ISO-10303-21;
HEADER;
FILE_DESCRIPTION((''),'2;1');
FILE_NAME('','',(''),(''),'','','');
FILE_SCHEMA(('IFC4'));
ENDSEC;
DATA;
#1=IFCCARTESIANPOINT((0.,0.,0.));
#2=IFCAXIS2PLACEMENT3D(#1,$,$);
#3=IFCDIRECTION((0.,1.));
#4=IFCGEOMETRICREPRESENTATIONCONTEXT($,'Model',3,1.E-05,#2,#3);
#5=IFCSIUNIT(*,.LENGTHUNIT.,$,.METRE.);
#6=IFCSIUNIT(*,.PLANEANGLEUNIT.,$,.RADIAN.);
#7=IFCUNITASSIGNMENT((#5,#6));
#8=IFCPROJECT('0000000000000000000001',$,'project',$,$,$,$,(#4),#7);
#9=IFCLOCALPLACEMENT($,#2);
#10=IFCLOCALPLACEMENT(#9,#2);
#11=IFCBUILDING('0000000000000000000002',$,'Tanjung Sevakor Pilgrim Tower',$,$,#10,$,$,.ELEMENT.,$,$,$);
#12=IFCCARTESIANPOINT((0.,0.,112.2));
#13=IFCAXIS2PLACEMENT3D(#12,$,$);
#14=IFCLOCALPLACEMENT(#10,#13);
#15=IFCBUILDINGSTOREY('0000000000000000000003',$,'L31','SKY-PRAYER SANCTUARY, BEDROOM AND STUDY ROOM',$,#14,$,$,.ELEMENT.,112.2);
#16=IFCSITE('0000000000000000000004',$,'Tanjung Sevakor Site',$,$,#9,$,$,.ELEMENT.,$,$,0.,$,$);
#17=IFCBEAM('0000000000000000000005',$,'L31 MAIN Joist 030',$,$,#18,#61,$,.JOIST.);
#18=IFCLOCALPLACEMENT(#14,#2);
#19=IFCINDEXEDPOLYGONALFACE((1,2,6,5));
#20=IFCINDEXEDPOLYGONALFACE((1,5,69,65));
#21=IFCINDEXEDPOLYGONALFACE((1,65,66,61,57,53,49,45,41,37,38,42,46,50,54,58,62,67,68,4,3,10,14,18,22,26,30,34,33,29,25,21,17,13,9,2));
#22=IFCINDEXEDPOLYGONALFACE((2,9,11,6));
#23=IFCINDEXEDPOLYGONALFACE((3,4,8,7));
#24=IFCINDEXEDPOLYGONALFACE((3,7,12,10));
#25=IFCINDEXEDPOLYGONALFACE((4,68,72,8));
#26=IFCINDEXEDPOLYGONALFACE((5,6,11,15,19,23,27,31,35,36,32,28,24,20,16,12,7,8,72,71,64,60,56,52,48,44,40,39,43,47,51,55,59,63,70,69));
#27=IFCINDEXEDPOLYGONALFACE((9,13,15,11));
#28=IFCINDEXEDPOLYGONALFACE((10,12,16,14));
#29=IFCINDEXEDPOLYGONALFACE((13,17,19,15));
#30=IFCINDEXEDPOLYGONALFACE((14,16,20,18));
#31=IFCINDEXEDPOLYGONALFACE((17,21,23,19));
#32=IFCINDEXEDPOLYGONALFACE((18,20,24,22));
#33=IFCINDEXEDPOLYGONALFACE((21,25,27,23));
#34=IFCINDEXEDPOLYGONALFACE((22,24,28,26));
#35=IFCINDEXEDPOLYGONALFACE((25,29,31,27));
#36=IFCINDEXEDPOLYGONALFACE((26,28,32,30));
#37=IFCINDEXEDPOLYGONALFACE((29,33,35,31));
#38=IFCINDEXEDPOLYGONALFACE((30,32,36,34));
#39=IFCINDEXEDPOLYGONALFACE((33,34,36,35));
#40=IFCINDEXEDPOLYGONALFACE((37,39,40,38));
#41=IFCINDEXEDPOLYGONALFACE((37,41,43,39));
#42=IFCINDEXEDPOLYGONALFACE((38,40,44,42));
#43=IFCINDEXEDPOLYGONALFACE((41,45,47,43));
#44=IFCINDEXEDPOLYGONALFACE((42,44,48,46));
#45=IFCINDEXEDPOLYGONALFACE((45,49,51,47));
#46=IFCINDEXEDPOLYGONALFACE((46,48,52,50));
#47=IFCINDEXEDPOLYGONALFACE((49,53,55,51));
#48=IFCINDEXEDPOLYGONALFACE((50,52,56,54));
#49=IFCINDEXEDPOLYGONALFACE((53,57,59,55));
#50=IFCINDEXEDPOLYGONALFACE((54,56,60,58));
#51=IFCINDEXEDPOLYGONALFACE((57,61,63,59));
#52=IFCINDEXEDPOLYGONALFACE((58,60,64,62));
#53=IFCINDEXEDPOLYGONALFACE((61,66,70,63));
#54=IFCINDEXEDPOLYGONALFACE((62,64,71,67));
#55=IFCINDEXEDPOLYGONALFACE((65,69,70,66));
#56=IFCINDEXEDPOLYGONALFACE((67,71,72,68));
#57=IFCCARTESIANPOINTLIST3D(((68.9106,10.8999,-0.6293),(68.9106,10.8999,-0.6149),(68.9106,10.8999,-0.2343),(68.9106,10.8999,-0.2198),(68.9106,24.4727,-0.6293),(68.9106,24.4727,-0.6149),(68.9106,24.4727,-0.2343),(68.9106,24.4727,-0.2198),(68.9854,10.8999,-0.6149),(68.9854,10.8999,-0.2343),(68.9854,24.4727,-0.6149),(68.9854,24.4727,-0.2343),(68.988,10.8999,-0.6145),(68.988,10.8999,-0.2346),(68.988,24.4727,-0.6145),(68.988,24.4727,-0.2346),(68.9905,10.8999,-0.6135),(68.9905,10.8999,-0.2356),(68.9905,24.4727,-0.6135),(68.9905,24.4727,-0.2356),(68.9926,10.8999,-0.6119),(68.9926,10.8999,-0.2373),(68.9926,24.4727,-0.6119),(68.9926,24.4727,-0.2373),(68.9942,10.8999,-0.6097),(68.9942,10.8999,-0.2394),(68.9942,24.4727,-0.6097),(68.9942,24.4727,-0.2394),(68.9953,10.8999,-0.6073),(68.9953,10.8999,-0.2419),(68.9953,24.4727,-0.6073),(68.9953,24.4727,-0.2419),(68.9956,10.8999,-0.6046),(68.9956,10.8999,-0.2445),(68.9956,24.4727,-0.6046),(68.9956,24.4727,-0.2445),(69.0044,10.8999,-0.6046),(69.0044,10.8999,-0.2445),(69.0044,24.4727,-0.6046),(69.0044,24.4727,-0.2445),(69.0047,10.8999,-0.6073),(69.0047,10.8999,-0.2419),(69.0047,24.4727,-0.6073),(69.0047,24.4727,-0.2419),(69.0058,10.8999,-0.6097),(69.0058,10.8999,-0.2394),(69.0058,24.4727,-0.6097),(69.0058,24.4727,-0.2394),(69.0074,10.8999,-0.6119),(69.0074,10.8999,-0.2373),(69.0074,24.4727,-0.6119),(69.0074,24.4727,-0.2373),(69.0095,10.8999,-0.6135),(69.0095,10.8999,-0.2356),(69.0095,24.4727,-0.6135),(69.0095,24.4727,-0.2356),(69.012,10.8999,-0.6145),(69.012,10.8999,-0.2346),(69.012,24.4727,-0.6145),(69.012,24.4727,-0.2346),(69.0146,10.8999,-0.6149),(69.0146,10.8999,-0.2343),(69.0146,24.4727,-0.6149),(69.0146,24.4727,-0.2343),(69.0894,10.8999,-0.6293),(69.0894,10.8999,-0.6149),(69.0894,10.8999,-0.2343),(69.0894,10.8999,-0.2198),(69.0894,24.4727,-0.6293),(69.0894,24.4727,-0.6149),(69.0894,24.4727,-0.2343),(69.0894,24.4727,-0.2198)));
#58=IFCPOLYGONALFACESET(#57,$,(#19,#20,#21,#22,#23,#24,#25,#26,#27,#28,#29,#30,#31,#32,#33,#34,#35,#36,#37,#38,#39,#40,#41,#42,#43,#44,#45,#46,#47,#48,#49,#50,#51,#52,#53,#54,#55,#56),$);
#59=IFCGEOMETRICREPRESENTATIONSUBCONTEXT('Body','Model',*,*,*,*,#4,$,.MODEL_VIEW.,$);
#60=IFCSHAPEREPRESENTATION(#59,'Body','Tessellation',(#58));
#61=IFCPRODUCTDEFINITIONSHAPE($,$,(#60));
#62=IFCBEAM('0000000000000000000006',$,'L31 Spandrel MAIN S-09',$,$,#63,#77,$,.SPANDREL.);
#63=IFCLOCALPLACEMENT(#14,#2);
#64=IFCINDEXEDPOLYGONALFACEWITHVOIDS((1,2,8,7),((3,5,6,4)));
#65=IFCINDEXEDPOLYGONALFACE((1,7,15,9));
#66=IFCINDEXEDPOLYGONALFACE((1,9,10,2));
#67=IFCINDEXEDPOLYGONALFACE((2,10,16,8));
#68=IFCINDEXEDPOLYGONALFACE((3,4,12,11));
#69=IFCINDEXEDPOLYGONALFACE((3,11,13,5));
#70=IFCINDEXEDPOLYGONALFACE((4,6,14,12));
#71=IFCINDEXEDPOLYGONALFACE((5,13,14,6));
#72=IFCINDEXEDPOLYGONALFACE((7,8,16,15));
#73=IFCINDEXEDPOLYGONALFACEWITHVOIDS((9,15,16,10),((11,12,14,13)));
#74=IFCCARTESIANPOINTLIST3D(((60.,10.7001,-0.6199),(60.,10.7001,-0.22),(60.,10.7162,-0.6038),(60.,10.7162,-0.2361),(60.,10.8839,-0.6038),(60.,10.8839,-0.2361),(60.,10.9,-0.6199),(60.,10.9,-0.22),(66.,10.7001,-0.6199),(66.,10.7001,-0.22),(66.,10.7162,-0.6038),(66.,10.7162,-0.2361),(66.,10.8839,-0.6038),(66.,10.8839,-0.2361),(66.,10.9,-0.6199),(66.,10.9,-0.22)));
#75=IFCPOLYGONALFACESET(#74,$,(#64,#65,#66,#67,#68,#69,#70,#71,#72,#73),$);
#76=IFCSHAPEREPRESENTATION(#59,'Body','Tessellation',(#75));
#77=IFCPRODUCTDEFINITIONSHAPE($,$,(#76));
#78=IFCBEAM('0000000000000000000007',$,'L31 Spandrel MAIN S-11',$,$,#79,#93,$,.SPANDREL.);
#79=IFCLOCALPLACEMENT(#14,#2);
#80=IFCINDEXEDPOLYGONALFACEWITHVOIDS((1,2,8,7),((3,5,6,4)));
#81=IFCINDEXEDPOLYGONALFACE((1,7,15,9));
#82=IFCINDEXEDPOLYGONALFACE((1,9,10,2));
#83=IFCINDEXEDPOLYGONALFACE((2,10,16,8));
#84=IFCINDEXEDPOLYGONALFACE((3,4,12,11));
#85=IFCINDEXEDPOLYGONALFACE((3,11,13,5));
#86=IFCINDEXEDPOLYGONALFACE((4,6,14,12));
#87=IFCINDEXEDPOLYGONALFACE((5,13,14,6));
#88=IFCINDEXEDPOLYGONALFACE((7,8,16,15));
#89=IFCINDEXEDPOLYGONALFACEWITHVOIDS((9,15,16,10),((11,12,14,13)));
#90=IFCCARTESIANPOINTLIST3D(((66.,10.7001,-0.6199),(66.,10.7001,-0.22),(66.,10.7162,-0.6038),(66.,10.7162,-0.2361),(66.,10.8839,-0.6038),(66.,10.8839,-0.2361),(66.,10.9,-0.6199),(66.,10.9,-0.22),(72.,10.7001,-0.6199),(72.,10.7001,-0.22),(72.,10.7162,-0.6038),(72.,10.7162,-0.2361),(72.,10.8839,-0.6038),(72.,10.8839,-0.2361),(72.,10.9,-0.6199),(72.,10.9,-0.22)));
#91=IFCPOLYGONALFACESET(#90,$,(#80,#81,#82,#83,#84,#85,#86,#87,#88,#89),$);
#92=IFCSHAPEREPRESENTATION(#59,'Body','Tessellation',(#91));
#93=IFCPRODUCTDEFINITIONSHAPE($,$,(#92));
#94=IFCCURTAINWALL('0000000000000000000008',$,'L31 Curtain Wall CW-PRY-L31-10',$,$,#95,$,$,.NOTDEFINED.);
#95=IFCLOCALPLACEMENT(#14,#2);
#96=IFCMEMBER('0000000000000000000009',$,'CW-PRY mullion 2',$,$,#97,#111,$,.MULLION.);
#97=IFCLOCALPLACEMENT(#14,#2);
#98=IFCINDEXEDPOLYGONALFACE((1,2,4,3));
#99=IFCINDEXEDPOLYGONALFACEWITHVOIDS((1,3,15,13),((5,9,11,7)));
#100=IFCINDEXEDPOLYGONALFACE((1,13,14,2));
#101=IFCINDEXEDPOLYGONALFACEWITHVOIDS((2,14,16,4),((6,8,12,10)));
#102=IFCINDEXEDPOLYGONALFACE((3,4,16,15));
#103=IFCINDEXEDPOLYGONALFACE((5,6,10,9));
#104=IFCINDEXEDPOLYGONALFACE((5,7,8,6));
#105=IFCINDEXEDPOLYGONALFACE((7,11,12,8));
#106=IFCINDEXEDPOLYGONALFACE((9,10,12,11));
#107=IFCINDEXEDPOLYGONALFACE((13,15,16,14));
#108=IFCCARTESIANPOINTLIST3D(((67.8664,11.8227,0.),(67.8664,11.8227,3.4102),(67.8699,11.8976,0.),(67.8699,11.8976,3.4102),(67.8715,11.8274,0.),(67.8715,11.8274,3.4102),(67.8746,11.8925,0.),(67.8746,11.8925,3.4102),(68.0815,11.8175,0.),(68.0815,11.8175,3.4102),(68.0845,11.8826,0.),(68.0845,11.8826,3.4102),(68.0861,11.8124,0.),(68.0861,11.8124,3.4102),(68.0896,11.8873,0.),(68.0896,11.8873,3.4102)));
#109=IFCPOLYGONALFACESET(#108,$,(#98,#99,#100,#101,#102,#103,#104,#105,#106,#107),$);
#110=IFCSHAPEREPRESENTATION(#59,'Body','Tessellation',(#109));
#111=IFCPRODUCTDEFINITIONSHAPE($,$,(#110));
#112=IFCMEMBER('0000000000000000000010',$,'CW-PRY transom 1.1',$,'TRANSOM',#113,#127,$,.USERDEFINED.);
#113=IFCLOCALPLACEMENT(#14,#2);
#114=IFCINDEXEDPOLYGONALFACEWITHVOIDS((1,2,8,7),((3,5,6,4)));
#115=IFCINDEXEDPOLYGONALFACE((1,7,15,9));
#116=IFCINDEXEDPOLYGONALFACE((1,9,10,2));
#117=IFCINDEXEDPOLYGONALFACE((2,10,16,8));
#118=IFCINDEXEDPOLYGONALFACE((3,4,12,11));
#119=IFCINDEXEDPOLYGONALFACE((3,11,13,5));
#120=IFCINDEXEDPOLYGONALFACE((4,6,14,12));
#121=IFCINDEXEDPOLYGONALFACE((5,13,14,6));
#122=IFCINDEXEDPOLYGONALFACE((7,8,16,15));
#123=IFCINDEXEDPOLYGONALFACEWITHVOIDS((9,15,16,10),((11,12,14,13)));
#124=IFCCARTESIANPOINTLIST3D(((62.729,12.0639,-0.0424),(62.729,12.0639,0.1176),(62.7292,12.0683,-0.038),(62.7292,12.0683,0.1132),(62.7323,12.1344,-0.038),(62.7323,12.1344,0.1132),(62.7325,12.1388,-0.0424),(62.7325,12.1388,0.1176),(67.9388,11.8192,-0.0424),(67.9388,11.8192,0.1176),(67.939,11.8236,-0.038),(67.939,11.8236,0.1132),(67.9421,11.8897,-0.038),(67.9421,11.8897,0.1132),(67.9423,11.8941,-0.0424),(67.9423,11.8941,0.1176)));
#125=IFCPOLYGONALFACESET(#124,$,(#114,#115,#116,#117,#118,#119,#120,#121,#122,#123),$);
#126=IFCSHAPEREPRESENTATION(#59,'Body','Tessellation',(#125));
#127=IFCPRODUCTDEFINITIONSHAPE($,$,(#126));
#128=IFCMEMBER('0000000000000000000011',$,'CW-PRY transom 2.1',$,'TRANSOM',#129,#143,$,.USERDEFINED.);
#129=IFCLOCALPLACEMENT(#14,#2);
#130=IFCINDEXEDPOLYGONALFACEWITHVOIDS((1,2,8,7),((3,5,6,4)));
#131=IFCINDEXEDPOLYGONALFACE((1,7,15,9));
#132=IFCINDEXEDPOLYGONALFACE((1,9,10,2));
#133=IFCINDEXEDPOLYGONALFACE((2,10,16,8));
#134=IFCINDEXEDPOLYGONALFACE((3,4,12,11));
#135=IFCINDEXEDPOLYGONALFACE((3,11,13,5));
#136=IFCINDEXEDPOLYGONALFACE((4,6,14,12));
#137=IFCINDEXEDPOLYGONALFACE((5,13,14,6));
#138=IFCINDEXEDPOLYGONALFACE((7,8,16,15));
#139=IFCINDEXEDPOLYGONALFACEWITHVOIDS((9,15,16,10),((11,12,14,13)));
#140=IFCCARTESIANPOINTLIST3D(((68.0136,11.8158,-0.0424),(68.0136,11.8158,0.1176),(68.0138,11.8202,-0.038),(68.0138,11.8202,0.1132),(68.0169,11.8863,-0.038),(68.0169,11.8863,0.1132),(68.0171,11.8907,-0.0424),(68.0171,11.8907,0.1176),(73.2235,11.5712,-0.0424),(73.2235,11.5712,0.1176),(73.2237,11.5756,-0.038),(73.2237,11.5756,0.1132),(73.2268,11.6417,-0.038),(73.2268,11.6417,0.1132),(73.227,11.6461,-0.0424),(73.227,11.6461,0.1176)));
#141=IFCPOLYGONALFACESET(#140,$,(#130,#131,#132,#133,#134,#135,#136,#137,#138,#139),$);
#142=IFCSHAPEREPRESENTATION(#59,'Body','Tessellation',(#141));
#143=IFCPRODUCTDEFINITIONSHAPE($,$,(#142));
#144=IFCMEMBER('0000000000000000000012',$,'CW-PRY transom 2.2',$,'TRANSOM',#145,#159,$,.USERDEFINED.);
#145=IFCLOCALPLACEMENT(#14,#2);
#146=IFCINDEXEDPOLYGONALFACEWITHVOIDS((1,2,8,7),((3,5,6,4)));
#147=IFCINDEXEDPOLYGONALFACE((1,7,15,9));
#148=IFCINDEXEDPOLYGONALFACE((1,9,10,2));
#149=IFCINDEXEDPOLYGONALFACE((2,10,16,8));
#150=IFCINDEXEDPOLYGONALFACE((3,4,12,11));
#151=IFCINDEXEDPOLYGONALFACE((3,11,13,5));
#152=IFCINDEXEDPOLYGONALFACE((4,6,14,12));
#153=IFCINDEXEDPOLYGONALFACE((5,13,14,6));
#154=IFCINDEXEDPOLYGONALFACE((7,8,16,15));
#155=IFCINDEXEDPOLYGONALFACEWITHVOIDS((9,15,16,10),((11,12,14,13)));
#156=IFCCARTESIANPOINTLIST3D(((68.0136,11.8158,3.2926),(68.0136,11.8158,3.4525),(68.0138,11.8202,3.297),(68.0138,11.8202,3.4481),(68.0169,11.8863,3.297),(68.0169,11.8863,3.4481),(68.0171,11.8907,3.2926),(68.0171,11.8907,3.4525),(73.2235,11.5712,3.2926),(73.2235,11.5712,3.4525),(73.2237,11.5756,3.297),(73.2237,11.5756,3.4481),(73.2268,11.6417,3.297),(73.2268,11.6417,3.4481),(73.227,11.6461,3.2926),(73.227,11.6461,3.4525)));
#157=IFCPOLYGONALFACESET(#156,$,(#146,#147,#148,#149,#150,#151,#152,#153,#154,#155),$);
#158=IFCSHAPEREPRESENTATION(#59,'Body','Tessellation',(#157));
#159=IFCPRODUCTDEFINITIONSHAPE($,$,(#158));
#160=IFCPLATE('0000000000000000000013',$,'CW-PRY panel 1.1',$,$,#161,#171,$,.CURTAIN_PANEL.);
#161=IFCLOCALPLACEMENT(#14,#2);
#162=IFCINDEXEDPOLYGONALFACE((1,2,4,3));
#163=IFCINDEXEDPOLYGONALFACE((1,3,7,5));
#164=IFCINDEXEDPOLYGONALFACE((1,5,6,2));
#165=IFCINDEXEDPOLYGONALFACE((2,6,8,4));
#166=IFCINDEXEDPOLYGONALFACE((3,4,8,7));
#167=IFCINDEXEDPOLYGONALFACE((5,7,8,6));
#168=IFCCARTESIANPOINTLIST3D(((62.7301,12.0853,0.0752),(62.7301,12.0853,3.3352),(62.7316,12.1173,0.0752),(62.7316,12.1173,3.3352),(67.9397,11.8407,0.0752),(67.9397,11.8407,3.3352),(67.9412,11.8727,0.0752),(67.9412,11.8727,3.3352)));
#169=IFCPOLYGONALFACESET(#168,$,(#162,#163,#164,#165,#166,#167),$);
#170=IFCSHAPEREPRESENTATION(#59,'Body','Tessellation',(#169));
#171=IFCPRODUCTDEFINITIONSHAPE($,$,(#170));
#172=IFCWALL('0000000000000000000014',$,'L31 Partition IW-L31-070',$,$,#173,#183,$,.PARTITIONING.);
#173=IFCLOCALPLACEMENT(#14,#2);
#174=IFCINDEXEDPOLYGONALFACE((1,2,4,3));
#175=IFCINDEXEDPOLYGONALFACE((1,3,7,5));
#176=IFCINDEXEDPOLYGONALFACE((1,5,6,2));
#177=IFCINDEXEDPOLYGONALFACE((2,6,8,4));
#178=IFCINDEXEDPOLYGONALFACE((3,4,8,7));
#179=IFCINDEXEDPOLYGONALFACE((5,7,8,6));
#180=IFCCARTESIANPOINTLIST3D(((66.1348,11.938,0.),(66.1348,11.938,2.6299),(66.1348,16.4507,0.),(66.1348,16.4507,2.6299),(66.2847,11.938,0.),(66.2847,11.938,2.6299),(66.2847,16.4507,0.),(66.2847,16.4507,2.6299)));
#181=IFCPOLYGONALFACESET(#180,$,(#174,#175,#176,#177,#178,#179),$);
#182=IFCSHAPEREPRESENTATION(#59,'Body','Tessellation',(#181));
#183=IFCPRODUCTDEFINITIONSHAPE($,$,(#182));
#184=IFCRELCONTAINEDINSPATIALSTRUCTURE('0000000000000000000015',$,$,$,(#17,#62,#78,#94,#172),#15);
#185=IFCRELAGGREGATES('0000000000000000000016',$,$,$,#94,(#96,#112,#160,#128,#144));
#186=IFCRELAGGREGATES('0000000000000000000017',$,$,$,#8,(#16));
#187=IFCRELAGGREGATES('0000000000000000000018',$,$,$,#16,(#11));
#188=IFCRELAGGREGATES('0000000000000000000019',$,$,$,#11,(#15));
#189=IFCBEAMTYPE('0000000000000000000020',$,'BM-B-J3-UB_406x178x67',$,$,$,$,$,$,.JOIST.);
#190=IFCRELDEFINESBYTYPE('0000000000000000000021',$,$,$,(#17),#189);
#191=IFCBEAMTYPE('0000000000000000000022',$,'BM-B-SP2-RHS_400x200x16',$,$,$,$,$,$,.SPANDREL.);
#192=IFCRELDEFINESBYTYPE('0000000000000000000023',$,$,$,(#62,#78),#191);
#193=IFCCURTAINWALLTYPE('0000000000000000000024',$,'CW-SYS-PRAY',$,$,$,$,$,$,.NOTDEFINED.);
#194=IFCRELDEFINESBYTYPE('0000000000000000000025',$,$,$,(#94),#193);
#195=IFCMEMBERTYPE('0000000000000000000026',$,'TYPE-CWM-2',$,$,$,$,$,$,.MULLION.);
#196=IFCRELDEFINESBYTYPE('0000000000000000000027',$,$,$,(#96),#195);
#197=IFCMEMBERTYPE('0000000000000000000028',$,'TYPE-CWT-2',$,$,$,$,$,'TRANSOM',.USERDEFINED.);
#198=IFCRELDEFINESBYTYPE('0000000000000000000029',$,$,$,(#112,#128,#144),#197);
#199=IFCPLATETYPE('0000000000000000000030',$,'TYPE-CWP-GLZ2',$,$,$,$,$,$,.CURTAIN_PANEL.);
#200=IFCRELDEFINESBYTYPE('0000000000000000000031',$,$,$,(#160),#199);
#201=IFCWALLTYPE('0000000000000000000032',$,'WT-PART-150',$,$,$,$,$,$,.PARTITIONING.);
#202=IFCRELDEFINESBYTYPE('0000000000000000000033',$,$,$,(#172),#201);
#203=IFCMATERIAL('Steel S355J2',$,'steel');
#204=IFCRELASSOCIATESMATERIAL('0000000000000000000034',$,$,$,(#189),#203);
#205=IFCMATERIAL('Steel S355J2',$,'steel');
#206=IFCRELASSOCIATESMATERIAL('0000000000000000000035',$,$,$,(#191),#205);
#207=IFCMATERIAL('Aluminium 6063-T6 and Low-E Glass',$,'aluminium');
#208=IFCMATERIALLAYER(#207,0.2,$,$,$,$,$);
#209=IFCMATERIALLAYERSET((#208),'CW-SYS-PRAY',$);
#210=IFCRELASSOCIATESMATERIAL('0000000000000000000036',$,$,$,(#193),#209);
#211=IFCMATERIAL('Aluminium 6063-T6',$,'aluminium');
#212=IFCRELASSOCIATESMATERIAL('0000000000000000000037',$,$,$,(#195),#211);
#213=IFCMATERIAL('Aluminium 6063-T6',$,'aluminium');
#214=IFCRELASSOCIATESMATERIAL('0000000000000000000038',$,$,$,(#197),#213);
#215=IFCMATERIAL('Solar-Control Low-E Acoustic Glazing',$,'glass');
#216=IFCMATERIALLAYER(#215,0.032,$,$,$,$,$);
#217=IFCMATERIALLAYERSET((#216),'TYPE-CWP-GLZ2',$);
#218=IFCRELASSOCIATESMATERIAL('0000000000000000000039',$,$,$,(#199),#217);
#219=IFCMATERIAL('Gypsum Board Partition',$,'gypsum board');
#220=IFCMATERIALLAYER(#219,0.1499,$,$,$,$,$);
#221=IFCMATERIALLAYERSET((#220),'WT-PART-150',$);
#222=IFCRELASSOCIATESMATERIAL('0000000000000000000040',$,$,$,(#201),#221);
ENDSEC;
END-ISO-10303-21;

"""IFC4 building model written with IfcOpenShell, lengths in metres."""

from ifc_helpers import new_model, si_unit, direction, frame, frame_2d, origin, origin_2d, place, context, subcontext, project, spatial, rectangle, hollow_rectangle, i_section, extrude, material, layer, layer_set, material_profile, profile_set, type_object, element, aggregate, save


model = new_model("IFC4")

# Units and contexts
model_context = context("Model", 3, precision=1e-05, world=origin(), true_north=direction((0.0, 1.0)))
body_context = subcontext(model_context, "Body", "Model", "MODEL_VIEW")
ifc_project = project(units=[si_unit("LENGTHUNIT", "METRE"), si_unit("PLANEANGLEUNIT", "RADIAN")], contexts=[model_context])

# Site, building, storey
site_placement = place(None, origin())
site = spatial("IfcSite", under=ifc_project, at=site_placement, Name="Tanjung Sevakor Site", CompositionType="ELEMENT", RefElevation=0.0)
building_placement = place(site_placement, origin())
building = spatial("IfcBuilding", under=site, at=building_placement, Name="Tanjung Sevakor Pilgrim Tower", CompositionType="ELEMENT")
storey_placement = place(building_placement, frame((0.0, 0.0, 112.2)))
storey = spatial("IfcBuildingStorey", under=building, at=storey_placement, Name="L31", Description="SKY-PRAYER SANCTUARY, BEDROOM AND STUDY ROOM", CompositionType="ELEMENT", Elevation=112.2)

# Beams
ifc_material_1 = material(Name="Steel S355J2", Category="steel")
ifc_material_profile_1 = material_profile(ifc_material_1, i_section(OverallWidth=0.1787, OverallDepth=0.4094, WebThickness=0.0088, FlangeThickness=0.0144, FilletRadius=0.0103, at=origin_2d()))
ifc_profile_set_1 = profile_set([ifc_material_profile_1], Name="Steel S355J2")
beam_type_1 = type_object("IfcBeamType", Name="BM-B-J3-UB_406x178x67", PredefinedType="JOIST", material=ifc_profile_set_1)
for number, where, z_axis, x_axis, name in (
    (1, (69.0, 10.8999, -0.4246), (0.0, 1.0, 0.0), (-1.0, 0.0, 0.0), "L31 MAIN Joist 030"),
):
    element("IfcBeam", number, at=place(storey_placement, frame(where, z_axis=z_axis, x_axis=x_axis)), inside=storey, type_object=beam_type_1, Name=name, PredefinedType="JOIST", context=body_context, shape_type="SweptSolid", body=[
        extrude(i_section(OverallWidth=0.1787, OverallDepth=0.4094, WebThickness=0.0088, FlangeThickness=0.0144, FilletRadius=0.0103, at=origin_2d()), origin(), (0.0, 0.0, 1.0), 13.5728),
    ])
ifc_material_2 = material(Name="Steel S355J2", Category="steel")
ifc_material_profile_2 = material_profile(ifc_material_2, hollow_rectangle(XDim=0.2, YDim=0.3999, WallThickness=0.0161, at=origin_2d()))
ifc_profile_set_2 = profile_set([ifc_material_profile_2], Name="Steel S355J2")
beam_type_2 = type_object("IfcBeamType", Name="BM-B-SP2-RHS_400x200x16", PredefinedType="SPANDREL", material=ifc_profile_set_2)
for number, where, z_axis, x_axis, name in (
    (2, (60.0, 10.8, -0.4199), (1.0, 0.0, 0.0), (0.0, 1.0, 0.0), "L31 Spandrel MAIN S-09"),
    (3, (66.0, 10.8, -0.4199), (1.0, 0.0, 0.0), (0.0, 1.0, 0.0), "L31 Spandrel MAIN S-11"),
):
    element("IfcBeam", number, at=place(storey_placement, frame(where, z_axis=z_axis, x_axis=x_axis)), inside=storey, type_object=beam_type_2, Name=name, PredefinedType="SPANDREL", context=body_context, shape_type="SweptSolid", body=[
        extrude(hollow_rectangle(XDim=0.2, YDim=0.3999, WallThickness=0.0161, at=origin_2d()), origin(), (0.0, 0.0, 1.0), 6.0),
    ])

# Curtain wall, members, plate
ifc_material_3 = material(Name="Aluminium 6063-T6 and Low-E Glass", Category="aluminium")
ifc_layer_1 = layer(ifc_material_3, 0.2)
ifc_layer_set_1 = layer_set([ifc_layer_1], Name="CW-SYS-PRAY")
curtain_wall_type = type_object("IfcCurtainWallType", Name="CW-SYS-PRAY", PredefinedType="NOTDEFINED", material=ifc_layer_set_1)
curtain_wall_placement = place(storey_placement, origin())
curtain_wall = element("IfcCurtainWall", 4, at=curtain_wall_placement, inside=storey, type_object=curtain_wall_type, Name="L31 Curtain Wall CW-PRY-L31-10", PredefinedType="NOTDEFINED")
ifc_material_4 = material(Name="Aluminium 6063-T6", Category="aluminium")
ifc_material_profile_3 = material_profile(ifc_material_4, hollow_rectangle(XDim=0.075, YDim=0.22, WallThickness=0.0049, at=origin_2d()))
ifc_profile_set_3 = profile_set([ifc_material_profile_3], Name="Aluminium 6063-T6")
member_type_1 = type_object("IfcMemberType", Name="TYPE-CWM-2", PredefinedType="MULLION", material=ifc_profile_set_3)
member_1_placement = place(storey_placement, frame((67.978, 11.855, 0.0), z_axis=(0.0, 0.0, 1.0), x_axis=(0.046904, 0.998899, 0.0)))
member_1 = element("IfcMember", 5, at=member_1_placement, type_object=member_type_1, Name="CW-PRY mullion 2", PredefinedType="MULLION", context=body_context, shape_type="SweptSolid", body=[
    extrude(hollow_rectangle(XDim=0.075, YDim=0.22, WallThickness=0.0049, at=origin_2d()), origin(), (0.0, 0.0, 1.0), 3.4102),
])
ifc_material_5 = material(Name="Aluminium 6063-T6", Category="aluminium")
ifc_material_profile_4 = material_profile(ifc_material_5, hollow_rectangle(XDim=0.075, YDim=0.1599, WallThickness=0.0044, at=origin_2d()))
ifc_profile_set_4 = profile_set([ifc_material_profile_4], Name="Aluminium 6063-T6")
member_type_2 = type_object("IfcMemberType", Name="TYPE-CWT-2", ElementType="TRANSOM", PredefinedType="USERDEFINED", material=ifc_profile_set_4)
member_2_placement = place(storey_placement, frame((62.7307, 12.1013, 0.0376), z_axis=(0.998899, -0.046905, 0.0), x_axis=(0.046905, 0.998899, 0.0)))
member_2 = element("IfcMember", 6, at=member_2_placement, type_object=member_type_2, Name="CW-PRY transom 1.1", ObjectType="TRANSOM", PredefinedType="USERDEFINED", context=body_context, shape_type="SweptSolid", body=[
    extrude(hollow_rectangle(XDim=0.075, YDim=0.1599, WallThickness=0.0044, at=origin_2d()), origin(), (0.0, 0.0, 1.0), 5.2156),
])
member_3_placement = place(storey_placement, frame((68.0154, 11.8533, 0.0376), z_axis=(0.998899, -0.046905, 0.0), x_axis=(0.046905, 0.998899, 0.0)))
member_3 = element("IfcMember", 7, at=member_3_placement, type_object=member_type_2, Name="CW-PRY transom 2.1", ObjectType="TRANSOM", PredefinedType="USERDEFINED", context=body_context, shape_type="SweptSolid", body=[
    extrude(hollow_rectangle(XDim=0.075, YDim=0.1599, WallThickness=0.0044, at=origin_2d()), origin(), (0.0, 0.0, 1.0), 5.2156),
])
member_4_placement = place(storey_placement, frame((68.0154, 11.8533, 3.3726), z_axis=(0.998899, -0.046905, 0.0), x_axis=(0.046905, 0.998899, 0.0)))
member_4 = element("IfcMember", 8, at=member_4_placement, type_object=member_type_2, Name="CW-PRY transom 2.2", ObjectType="TRANSOM", PredefinedType="USERDEFINED", context=body_context, shape_type="SweptSolid", body=[
    extrude(hollow_rectangle(XDim=0.075, YDim=0.1599, WallThickness=0.0044, at=origin_2d()), origin(), (0.0, 0.0, 1.0), 5.2156),
])
ifc_material_6 = material(Name="Solar-Control Low-E Acoustic Glazing", Category="glass")
ifc_layer_2 = layer(ifc_material_6, 0.032)
ifc_layer_set_2 = layer_set([ifc_layer_2], Name="TYPE-CWP-GLZ2")
plate_type = type_object("IfcPlateType", Name="TYPE-CWP-GLZ2", PredefinedType="CURTAIN_PANEL", material=ifc_layer_set_2)
plate_placement = place(storey_placement, frame((65.3357, 11.979, 0.0752), z_axis=(0.0, 0.0, 1.0), x_axis=(0.998899, -0.046904, 0.0)))
plate = element("IfcPlate", 9, at=plate_placement, type_object=plate_type, Name="CW-PRY panel 1.1", PredefinedType="CURTAIN_PANEL", context=body_context, shape_type="SweptSolid", body=[
    extrude(rectangle(XDim=5.2153, YDim=0.032, at=origin_2d()), origin(), (0.0, 0.0, 1.0), 3.26),
])
aggregate(curtain_wall, [member_1, member_2, plate, member_3, member_4])

# Wall
ifc_material_7 = material(Name="Gypsum Board Partition", Category="gypsum board")
ifc_layer_3 = layer(ifc_material_7, 0.1499)
ifc_layer_set_3 = layer_set([ifc_layer_3], Name="WT-PART-150")
wall_type = type_object("IfcWallType", Name="WT-PART-150", PredefinedType="PARTITIONING", material=ifc_layer_set_3)
wall_placement = place(storey_placement, frame((66.2097, 11.938, 0.0), z_axis=(0.0, 0.0, 1.0), x_axis=(0.0, 1.0, 0.0)))
element("IfcWall", 10, at=wall_placement, inside=storey, type_object=wall_type, Name="L31 Partition IW-L31-070", PredefinedType="PARTITIONING", context=body_context, shape_type="SweptSolid", body=[
    extrude(rectangle(XDim=4.5127, YDim=0.1499, at=frame_2d((2.2563, 0.0))), origin(), (0.0, 0.0, 1.0), 2.6299),
])

save(model, "model.ifc")
